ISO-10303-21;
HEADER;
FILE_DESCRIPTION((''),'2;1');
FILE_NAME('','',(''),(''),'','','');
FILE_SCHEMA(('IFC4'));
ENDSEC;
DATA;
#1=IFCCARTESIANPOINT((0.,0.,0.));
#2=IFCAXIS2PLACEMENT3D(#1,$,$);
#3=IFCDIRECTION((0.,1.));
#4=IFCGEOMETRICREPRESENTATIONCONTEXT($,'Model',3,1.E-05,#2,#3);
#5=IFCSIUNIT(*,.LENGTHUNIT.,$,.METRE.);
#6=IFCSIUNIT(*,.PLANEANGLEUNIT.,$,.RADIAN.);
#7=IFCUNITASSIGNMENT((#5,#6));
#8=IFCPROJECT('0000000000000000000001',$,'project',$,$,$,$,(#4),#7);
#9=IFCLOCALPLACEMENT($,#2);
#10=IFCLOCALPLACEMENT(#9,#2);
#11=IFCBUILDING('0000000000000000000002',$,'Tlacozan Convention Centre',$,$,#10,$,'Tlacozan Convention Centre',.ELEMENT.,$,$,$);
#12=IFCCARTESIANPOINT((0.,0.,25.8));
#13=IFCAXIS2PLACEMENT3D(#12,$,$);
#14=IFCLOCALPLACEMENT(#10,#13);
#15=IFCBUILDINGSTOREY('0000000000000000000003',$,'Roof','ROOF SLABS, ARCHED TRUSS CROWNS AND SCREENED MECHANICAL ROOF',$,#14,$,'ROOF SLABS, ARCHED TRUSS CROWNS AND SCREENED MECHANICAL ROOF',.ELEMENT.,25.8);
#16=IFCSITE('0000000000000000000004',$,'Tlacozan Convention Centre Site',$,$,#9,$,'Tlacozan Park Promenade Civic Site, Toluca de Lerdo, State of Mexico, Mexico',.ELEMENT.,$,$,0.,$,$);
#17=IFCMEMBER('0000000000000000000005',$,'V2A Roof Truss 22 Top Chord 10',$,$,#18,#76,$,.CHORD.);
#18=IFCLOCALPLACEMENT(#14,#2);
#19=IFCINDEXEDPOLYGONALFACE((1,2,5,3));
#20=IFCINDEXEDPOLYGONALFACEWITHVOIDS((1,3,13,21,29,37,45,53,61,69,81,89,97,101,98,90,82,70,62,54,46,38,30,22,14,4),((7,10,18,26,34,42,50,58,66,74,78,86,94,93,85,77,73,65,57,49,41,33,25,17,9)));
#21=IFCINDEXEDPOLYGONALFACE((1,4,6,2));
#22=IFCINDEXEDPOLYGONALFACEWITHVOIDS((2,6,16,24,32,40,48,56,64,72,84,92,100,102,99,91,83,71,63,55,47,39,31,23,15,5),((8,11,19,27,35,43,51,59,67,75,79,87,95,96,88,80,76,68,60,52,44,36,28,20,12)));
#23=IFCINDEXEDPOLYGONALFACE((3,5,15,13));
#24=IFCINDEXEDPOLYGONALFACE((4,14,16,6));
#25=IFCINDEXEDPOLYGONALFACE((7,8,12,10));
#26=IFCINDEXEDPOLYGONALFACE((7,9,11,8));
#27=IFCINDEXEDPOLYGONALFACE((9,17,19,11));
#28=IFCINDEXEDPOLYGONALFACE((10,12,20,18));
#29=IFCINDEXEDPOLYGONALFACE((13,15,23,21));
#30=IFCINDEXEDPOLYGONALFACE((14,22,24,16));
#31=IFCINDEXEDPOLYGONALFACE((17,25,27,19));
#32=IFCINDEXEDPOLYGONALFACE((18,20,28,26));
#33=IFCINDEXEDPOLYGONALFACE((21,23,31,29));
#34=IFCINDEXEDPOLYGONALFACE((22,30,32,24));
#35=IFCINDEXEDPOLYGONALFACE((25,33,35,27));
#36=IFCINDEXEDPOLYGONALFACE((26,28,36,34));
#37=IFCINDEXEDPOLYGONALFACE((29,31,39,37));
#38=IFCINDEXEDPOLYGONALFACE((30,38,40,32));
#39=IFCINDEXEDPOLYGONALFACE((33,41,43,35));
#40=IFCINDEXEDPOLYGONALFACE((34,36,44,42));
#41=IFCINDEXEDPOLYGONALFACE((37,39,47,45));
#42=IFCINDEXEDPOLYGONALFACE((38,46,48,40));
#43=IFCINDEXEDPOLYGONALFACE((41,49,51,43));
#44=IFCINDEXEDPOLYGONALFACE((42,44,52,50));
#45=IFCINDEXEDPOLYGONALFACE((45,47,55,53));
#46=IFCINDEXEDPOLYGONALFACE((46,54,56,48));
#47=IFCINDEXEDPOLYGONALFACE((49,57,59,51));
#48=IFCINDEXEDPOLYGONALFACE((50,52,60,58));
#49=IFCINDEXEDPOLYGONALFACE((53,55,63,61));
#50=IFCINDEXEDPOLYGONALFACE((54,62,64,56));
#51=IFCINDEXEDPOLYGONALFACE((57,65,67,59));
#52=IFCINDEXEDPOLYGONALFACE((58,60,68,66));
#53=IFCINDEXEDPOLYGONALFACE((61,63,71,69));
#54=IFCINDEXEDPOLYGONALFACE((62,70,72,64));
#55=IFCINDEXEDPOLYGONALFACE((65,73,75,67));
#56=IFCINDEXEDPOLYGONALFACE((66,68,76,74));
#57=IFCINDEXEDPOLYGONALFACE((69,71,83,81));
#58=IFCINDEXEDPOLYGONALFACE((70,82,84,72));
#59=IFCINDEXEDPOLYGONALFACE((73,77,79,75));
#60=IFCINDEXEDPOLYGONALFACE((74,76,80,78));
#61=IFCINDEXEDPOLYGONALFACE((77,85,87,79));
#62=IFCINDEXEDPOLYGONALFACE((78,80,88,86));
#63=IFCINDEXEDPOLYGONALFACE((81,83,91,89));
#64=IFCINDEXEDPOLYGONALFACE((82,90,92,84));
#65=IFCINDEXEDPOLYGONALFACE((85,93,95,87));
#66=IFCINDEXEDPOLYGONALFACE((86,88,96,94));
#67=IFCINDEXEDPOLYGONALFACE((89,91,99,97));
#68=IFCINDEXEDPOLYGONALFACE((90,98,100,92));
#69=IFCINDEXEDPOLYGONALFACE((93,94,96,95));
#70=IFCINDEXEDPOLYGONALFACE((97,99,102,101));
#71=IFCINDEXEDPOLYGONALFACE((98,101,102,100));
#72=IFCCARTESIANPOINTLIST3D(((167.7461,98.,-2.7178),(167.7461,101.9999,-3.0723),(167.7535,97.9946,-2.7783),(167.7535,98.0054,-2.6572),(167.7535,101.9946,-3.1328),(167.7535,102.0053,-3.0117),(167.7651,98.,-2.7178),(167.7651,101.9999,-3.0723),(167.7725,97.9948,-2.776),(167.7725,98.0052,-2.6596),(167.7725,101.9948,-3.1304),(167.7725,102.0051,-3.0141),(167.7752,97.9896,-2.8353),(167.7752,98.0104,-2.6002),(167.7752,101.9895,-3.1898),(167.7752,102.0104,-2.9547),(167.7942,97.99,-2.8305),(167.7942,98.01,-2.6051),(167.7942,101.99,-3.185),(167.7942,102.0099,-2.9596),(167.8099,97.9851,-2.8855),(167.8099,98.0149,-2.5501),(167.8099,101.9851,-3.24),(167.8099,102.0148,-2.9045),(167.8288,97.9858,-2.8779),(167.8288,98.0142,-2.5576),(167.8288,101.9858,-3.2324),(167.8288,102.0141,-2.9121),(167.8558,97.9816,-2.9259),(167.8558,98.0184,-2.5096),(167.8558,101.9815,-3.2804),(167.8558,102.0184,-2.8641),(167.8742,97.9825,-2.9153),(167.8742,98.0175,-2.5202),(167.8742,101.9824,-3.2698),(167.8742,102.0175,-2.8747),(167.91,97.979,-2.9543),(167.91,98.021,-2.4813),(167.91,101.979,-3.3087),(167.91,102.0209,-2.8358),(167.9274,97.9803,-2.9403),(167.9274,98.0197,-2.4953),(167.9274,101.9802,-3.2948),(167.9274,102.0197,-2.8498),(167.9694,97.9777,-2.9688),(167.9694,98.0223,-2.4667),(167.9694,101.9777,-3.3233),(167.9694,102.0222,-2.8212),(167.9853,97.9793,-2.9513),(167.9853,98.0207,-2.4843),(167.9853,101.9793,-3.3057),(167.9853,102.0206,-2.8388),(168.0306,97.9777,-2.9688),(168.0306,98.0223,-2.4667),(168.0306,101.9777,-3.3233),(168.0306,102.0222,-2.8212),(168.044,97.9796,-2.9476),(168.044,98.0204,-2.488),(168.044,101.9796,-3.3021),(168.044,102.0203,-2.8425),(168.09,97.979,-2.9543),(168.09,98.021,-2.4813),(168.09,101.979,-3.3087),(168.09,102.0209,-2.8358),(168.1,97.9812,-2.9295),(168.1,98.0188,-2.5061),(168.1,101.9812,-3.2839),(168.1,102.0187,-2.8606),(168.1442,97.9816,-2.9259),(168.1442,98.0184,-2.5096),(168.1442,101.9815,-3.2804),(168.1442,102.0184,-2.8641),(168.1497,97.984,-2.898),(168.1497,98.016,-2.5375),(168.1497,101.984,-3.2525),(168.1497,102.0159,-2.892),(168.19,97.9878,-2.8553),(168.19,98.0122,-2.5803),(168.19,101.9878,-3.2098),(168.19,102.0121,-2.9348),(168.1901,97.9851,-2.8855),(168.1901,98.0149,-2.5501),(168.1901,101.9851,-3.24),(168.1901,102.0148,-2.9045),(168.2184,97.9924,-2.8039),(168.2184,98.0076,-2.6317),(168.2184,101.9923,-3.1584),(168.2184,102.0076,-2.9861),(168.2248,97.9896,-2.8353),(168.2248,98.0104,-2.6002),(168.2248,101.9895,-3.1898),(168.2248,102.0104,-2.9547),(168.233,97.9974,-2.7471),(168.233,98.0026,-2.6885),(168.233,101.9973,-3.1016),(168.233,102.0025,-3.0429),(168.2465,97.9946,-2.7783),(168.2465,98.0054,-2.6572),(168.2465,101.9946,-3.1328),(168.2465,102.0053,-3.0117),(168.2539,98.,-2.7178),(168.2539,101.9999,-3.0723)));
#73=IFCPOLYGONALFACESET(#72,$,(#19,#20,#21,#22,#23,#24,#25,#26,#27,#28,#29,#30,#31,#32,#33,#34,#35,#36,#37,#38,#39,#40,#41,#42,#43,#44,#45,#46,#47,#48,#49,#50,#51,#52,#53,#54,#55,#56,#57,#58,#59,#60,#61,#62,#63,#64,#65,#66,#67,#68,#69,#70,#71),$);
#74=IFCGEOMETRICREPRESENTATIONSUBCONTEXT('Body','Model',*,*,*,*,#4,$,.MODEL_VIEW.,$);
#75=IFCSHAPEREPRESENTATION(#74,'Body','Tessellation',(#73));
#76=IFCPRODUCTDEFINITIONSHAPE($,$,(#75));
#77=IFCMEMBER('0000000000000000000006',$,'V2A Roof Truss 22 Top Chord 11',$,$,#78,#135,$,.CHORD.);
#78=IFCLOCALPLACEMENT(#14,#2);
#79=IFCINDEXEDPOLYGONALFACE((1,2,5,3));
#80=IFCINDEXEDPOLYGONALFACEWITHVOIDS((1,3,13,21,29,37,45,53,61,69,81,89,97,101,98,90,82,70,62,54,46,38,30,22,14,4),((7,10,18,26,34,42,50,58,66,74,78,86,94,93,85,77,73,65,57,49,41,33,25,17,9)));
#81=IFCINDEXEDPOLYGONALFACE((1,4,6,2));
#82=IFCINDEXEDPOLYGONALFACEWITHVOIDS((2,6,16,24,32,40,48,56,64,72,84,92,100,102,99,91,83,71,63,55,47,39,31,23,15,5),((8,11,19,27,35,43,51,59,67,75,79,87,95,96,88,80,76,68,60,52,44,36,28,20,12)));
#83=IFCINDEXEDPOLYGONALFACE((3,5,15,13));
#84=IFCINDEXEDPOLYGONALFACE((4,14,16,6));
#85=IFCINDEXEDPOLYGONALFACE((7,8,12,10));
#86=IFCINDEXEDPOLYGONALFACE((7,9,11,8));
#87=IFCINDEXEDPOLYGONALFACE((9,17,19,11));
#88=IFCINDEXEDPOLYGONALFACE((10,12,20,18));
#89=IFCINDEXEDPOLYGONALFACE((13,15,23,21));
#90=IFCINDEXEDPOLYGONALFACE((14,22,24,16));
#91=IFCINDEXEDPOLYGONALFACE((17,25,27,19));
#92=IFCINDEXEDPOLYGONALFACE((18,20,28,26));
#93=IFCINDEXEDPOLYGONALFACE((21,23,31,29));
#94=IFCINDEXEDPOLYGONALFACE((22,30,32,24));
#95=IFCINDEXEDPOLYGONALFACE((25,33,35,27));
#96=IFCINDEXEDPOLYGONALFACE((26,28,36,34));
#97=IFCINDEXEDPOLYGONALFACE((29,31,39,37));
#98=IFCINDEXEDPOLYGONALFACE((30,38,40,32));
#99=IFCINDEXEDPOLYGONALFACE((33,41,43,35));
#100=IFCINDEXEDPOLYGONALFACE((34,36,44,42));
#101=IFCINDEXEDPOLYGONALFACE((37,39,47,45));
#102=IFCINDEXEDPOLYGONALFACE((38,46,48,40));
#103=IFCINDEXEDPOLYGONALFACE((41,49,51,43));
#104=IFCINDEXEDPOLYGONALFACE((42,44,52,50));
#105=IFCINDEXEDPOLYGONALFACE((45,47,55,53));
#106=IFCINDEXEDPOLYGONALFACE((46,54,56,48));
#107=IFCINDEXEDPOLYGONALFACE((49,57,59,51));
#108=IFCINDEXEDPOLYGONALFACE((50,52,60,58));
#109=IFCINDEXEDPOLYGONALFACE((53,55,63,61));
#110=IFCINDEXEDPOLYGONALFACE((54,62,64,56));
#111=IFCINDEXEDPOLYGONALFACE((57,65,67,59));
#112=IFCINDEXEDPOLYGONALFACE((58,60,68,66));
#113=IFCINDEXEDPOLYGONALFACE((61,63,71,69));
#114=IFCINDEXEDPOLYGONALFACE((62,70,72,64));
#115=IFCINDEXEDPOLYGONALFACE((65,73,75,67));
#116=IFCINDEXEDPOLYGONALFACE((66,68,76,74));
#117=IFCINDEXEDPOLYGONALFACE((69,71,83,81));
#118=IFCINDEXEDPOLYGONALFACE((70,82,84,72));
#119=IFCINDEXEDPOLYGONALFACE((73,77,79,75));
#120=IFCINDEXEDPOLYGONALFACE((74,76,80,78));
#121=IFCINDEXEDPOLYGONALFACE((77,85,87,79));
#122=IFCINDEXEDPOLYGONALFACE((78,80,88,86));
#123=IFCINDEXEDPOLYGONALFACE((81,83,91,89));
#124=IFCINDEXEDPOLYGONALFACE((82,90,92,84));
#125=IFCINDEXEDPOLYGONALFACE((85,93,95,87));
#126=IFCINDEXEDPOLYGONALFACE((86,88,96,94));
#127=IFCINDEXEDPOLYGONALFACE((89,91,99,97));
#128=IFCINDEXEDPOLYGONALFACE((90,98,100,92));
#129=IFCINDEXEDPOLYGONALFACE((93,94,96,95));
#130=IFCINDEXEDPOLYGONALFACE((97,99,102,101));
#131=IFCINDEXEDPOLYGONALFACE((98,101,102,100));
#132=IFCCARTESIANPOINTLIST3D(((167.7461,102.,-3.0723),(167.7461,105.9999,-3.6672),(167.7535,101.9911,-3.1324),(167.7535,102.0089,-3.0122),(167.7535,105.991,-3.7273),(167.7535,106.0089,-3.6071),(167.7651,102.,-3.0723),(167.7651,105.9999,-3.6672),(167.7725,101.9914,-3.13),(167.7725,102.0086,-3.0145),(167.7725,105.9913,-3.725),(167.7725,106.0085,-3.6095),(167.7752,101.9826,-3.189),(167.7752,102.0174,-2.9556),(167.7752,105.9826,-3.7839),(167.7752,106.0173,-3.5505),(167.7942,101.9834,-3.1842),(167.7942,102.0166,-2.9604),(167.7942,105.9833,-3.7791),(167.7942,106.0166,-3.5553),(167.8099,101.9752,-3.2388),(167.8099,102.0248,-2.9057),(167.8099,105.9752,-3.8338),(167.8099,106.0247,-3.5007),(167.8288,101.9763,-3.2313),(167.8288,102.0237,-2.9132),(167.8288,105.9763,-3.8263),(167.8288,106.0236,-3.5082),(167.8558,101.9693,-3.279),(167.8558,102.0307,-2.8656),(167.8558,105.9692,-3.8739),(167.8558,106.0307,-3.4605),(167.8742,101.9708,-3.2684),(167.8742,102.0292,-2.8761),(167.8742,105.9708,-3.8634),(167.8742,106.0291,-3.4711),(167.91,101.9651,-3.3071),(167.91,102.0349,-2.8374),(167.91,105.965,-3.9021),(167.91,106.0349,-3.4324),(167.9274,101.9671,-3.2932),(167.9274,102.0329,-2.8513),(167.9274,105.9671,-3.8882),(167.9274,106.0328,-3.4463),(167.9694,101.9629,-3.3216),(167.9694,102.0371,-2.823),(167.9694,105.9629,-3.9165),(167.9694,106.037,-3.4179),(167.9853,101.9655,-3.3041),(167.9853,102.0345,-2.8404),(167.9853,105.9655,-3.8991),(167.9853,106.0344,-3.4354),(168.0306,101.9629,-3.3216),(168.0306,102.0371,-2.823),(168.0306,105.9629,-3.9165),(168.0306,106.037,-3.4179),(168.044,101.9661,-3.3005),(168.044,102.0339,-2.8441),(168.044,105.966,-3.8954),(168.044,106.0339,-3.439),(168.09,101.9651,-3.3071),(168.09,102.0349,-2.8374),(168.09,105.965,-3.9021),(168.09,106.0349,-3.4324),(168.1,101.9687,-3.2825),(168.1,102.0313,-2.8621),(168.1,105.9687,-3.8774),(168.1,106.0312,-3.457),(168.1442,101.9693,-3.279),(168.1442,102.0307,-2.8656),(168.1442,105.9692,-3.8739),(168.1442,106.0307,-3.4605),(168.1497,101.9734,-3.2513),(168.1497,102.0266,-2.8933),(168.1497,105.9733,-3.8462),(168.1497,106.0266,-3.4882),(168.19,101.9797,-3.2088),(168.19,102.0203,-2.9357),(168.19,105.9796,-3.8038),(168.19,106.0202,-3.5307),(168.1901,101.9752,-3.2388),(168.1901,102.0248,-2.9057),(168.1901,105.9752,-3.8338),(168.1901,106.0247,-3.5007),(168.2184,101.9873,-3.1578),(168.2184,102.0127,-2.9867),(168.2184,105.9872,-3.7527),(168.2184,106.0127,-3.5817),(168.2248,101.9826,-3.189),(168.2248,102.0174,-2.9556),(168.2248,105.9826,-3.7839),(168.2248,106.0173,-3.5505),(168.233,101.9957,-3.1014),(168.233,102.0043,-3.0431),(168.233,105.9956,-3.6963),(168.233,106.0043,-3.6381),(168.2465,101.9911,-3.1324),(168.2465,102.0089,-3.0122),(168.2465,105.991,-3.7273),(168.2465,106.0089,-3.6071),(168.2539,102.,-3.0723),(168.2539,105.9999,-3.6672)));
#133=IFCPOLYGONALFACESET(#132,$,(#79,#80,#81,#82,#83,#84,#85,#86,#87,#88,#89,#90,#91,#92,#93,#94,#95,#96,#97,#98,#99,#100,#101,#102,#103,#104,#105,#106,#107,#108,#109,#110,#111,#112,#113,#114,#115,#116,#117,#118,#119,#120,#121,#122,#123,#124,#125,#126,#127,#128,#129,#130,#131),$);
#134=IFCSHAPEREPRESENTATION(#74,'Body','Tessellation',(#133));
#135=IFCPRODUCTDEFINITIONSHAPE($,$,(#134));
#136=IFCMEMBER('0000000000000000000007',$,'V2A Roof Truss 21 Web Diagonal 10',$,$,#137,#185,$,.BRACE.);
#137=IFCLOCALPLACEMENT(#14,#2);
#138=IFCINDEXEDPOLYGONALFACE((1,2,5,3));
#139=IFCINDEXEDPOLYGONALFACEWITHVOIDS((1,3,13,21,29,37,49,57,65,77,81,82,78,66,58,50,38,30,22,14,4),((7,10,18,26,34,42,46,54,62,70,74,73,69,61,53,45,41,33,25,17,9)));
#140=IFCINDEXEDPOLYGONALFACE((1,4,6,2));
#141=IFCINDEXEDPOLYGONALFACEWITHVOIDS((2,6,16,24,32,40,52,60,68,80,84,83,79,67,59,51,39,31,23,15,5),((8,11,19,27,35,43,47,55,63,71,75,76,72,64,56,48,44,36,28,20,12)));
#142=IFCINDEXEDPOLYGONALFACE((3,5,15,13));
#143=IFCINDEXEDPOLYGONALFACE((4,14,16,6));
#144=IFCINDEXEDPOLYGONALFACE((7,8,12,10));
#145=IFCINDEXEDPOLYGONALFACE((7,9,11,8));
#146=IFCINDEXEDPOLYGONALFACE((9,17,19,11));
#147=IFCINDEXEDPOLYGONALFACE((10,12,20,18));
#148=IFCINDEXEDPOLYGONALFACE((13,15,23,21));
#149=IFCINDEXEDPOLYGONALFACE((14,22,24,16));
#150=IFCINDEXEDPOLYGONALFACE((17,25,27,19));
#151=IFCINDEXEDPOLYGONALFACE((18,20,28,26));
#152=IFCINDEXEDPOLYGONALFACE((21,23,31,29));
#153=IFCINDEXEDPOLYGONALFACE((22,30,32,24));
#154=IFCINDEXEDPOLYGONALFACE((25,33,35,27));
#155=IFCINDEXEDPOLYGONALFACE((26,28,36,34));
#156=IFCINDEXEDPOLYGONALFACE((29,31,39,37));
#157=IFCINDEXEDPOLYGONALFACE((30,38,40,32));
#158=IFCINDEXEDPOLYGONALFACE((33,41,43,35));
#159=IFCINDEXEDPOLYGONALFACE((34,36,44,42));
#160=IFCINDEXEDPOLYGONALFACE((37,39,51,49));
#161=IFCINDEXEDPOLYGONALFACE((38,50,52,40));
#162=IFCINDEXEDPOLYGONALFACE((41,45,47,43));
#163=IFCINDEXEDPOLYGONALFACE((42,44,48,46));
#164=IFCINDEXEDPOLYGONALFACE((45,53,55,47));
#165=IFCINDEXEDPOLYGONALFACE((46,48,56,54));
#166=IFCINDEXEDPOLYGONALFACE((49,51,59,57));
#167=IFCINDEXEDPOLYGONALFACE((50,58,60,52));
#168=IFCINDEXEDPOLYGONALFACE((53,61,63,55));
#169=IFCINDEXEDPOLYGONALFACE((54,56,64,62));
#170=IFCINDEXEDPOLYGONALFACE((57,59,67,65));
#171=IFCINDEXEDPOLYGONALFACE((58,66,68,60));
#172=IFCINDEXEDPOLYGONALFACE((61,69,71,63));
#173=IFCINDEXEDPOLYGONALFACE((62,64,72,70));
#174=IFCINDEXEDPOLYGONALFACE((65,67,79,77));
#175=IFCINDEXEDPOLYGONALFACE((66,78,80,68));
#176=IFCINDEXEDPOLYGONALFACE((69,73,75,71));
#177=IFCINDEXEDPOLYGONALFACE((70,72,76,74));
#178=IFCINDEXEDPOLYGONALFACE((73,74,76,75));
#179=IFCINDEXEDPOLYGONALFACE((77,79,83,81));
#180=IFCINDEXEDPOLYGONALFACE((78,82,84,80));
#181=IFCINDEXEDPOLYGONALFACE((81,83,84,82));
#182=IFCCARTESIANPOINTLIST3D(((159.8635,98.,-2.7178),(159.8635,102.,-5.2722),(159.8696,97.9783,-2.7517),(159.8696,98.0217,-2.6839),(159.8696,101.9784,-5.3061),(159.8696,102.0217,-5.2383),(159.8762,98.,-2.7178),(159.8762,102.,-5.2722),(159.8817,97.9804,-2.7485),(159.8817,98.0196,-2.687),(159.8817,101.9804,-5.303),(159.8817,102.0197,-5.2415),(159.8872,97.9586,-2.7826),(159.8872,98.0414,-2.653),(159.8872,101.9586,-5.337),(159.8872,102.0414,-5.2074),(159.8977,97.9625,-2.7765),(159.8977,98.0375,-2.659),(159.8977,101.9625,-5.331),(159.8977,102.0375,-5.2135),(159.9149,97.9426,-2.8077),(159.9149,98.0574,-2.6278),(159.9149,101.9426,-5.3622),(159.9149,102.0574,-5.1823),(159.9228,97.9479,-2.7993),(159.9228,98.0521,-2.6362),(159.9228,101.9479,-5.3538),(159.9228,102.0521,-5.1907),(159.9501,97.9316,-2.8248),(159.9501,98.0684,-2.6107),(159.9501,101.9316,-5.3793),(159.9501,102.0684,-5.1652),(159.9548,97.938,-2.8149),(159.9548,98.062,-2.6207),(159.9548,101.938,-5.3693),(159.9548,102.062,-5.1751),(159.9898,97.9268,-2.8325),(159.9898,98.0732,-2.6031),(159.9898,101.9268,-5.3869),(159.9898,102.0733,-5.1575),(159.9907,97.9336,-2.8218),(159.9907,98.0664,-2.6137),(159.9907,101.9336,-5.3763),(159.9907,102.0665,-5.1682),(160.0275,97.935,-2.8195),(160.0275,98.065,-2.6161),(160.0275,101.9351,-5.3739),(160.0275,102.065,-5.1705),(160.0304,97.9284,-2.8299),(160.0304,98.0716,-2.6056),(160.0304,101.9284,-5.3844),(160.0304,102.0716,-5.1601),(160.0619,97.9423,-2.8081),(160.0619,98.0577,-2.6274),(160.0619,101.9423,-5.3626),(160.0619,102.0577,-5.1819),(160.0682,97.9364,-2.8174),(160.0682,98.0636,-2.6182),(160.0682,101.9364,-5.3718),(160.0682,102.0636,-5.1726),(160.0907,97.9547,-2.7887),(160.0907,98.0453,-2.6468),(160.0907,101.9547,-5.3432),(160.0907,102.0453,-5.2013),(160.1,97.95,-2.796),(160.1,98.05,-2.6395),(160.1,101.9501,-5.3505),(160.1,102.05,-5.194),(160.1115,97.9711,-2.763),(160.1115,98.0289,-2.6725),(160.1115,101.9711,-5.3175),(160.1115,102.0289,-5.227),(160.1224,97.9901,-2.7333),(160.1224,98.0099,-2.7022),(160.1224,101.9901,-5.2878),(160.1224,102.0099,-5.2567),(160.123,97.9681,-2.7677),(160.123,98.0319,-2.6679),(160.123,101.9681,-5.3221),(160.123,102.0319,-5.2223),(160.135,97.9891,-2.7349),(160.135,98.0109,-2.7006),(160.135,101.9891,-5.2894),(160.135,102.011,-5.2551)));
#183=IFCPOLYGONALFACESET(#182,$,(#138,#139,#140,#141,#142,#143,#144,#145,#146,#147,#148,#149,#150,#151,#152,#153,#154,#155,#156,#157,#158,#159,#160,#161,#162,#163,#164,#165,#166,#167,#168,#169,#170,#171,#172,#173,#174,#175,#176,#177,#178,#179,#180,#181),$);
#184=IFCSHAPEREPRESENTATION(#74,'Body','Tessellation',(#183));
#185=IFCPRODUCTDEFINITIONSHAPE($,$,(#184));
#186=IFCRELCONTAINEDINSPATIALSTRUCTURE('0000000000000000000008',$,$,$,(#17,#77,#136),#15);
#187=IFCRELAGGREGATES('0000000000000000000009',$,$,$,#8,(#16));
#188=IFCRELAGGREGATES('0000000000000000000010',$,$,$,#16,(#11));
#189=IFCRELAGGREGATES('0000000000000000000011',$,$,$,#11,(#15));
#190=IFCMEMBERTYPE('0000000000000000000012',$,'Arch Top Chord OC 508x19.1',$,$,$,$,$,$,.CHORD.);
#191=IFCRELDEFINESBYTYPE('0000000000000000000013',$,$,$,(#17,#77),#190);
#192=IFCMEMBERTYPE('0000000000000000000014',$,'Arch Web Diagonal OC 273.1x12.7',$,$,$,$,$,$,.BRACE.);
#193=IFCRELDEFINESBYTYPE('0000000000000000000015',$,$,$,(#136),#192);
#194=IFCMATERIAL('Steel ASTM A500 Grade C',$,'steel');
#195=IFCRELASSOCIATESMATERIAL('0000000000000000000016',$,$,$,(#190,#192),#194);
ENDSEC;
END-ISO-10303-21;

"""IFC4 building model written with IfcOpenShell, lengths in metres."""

from ifc_helpers import new_model, si_unit, direction, frame, origin, origin_2d, place, context, subcontext, project, spatial, hollow_circle, extrude, material, material_profile, profile_set, type_object, element, save


model = new_model("IFC4")

# Units and contexts
model_context = context("Model", 3, precision=1e-05, world=origin(), true_north=direction((0.0, 1.0)))
body_context = subcontext(model_context, "Body", "Model", "MODEL_VIEW")
ifc_project = project(units=[si_unit("LENGTHUNIT", "METRE"), si_unit("PLANEANGLEUNIT", "RADIAN")], contexts=[model_context])

# Site, building, storey
site_placement = place(None, origin())
site = spatial("IfcSite", under=ifc_project, at=site_placement, Name="Tlacozan Convention Centre Site", LongName="Tlacozan Park Promenade Civic Site, Toluca de Lerdo, State of Mexico, Mexico", CompositionType="ELEMENT", RefElevation=0.0)
building_placement = place(site_placement, origin())
building = spatial("IfcBuilding", under=site, at=building_placement, Name="Tlacozan Convention Centre", LongName="Tlacozan Convention Centre", CompositionType="ELEMENT")
storey_placement = place(building_placement, frame((0.0, 0.0, 25.8)))
storey = spatial("IfcBuildingStorey", under=building, at=storey_placement, Name="Roof", Description="ROOF SLABS, ARCHED TRUSS CROWNS AND SCREENED MECHANICAL ROOF", LongName="ROOF SLABS, ARCHED TRUSS CROWNS AND SCREENED MECHANICAL ROOF", CompositionType="ELEMENT", Elevation=25.8)

# Members
ifc_material_1 = material(Name="Steel ASTM A500 Grade C", Category="steel")
ifc_material_profile_1 = material_profile(ifc_material_1, hollow_circle(Radius=0.2539, WallThickness=0.019, at=origin_2d()), Name="OC 508.0x19.1")
ifc_profile_set_1 = profile_set([ifc_material_profile_1], Name="Steel ASTM A500 Grade C")
member_type_1 = type_object("IfcMemberType", Name="Arch Top Chord OC 508x19.1", PredefinedType="CHORD", material=ifc_profile_set_1)
member_1_placement = place(storey_placement, frame((168.0, 98.0, -2.7178), z_axis=(0.0, 0.996096, -0.088277), x_axis=(-1.0, 0.0, 0.0)))
element("IfcMember", 1, at=member_1_placement, inside=storey, type_object=member_type_1, Name="V2A Roof Truss 22 Top Chord 10", PredefinedType="CHORD", context=body_context, shape_type="SweptSolid", body=[
    extrude(hollow_circle(Radius=0.2539, WallThickness=0.019, at=origin_2d()), origin(), (0.0, 0.0, 1.0), 4.0156),
])
member_2_placement = place(storey_placement, frame((168.0, 102.0, -3.0723), z_axis=(0.0, 0.989118, -0.147124), x_axis=(-1.0, 0.0, 0.0)))
element("IfcMember", 2, at=member_2_placement, inside=storey, type_object=member_type_1, Name="V2A Roof Truss 22 Top Chord 11", PredefinedType="CHORD", context=body_context, shape_type="SweptSolid", body=[
    extrude(hollow_circle(Radius=0.2539, WallThickness=0.019, at=origin_2d()), origin(), (0.0, 0.0, 1.0), 4.0439),
])
ifc_material_profile_2 = material_profile(ifc_material_1, hollow_circle(Radius=0.1365, WallThickness=0.0127, at=origin_2d()), Name="OC 273.1x12.7")
ifc_profile_set_2 = profile_set([ifc_material_profile_2], Name="Steel ASTM A500 Grade C")
member_type_2 = type_object("IfcMemberType", Name="Arch Web Diagonal OC 273.1x12.7", PredefinedType="BRACE", material=ifc_profile_set_2)
member_3_placement = place(storey_placement, frame((160.0, 98.0, -2.7178), z_axis=(0.0, 0.842803, -0.538223), x_axis=(-1.0, 0.0, 0.0)))
element("IfcMember", 3, at=member_3_placement, inside=storey, type_object=member_type_2, Name="V2A Roof Truss 21 Web Diagonal 10", PredefinedType="BRACE", context=body_context, shape_type="SweptSolid", body=[
    extrude(hollow_circle(Radius=0.1365, WallThickness=0.0127, at=origin_2d()), origin(), (0.0, 0.0, 1.0), 4.7461),
])

save(model, "model.ifc")
